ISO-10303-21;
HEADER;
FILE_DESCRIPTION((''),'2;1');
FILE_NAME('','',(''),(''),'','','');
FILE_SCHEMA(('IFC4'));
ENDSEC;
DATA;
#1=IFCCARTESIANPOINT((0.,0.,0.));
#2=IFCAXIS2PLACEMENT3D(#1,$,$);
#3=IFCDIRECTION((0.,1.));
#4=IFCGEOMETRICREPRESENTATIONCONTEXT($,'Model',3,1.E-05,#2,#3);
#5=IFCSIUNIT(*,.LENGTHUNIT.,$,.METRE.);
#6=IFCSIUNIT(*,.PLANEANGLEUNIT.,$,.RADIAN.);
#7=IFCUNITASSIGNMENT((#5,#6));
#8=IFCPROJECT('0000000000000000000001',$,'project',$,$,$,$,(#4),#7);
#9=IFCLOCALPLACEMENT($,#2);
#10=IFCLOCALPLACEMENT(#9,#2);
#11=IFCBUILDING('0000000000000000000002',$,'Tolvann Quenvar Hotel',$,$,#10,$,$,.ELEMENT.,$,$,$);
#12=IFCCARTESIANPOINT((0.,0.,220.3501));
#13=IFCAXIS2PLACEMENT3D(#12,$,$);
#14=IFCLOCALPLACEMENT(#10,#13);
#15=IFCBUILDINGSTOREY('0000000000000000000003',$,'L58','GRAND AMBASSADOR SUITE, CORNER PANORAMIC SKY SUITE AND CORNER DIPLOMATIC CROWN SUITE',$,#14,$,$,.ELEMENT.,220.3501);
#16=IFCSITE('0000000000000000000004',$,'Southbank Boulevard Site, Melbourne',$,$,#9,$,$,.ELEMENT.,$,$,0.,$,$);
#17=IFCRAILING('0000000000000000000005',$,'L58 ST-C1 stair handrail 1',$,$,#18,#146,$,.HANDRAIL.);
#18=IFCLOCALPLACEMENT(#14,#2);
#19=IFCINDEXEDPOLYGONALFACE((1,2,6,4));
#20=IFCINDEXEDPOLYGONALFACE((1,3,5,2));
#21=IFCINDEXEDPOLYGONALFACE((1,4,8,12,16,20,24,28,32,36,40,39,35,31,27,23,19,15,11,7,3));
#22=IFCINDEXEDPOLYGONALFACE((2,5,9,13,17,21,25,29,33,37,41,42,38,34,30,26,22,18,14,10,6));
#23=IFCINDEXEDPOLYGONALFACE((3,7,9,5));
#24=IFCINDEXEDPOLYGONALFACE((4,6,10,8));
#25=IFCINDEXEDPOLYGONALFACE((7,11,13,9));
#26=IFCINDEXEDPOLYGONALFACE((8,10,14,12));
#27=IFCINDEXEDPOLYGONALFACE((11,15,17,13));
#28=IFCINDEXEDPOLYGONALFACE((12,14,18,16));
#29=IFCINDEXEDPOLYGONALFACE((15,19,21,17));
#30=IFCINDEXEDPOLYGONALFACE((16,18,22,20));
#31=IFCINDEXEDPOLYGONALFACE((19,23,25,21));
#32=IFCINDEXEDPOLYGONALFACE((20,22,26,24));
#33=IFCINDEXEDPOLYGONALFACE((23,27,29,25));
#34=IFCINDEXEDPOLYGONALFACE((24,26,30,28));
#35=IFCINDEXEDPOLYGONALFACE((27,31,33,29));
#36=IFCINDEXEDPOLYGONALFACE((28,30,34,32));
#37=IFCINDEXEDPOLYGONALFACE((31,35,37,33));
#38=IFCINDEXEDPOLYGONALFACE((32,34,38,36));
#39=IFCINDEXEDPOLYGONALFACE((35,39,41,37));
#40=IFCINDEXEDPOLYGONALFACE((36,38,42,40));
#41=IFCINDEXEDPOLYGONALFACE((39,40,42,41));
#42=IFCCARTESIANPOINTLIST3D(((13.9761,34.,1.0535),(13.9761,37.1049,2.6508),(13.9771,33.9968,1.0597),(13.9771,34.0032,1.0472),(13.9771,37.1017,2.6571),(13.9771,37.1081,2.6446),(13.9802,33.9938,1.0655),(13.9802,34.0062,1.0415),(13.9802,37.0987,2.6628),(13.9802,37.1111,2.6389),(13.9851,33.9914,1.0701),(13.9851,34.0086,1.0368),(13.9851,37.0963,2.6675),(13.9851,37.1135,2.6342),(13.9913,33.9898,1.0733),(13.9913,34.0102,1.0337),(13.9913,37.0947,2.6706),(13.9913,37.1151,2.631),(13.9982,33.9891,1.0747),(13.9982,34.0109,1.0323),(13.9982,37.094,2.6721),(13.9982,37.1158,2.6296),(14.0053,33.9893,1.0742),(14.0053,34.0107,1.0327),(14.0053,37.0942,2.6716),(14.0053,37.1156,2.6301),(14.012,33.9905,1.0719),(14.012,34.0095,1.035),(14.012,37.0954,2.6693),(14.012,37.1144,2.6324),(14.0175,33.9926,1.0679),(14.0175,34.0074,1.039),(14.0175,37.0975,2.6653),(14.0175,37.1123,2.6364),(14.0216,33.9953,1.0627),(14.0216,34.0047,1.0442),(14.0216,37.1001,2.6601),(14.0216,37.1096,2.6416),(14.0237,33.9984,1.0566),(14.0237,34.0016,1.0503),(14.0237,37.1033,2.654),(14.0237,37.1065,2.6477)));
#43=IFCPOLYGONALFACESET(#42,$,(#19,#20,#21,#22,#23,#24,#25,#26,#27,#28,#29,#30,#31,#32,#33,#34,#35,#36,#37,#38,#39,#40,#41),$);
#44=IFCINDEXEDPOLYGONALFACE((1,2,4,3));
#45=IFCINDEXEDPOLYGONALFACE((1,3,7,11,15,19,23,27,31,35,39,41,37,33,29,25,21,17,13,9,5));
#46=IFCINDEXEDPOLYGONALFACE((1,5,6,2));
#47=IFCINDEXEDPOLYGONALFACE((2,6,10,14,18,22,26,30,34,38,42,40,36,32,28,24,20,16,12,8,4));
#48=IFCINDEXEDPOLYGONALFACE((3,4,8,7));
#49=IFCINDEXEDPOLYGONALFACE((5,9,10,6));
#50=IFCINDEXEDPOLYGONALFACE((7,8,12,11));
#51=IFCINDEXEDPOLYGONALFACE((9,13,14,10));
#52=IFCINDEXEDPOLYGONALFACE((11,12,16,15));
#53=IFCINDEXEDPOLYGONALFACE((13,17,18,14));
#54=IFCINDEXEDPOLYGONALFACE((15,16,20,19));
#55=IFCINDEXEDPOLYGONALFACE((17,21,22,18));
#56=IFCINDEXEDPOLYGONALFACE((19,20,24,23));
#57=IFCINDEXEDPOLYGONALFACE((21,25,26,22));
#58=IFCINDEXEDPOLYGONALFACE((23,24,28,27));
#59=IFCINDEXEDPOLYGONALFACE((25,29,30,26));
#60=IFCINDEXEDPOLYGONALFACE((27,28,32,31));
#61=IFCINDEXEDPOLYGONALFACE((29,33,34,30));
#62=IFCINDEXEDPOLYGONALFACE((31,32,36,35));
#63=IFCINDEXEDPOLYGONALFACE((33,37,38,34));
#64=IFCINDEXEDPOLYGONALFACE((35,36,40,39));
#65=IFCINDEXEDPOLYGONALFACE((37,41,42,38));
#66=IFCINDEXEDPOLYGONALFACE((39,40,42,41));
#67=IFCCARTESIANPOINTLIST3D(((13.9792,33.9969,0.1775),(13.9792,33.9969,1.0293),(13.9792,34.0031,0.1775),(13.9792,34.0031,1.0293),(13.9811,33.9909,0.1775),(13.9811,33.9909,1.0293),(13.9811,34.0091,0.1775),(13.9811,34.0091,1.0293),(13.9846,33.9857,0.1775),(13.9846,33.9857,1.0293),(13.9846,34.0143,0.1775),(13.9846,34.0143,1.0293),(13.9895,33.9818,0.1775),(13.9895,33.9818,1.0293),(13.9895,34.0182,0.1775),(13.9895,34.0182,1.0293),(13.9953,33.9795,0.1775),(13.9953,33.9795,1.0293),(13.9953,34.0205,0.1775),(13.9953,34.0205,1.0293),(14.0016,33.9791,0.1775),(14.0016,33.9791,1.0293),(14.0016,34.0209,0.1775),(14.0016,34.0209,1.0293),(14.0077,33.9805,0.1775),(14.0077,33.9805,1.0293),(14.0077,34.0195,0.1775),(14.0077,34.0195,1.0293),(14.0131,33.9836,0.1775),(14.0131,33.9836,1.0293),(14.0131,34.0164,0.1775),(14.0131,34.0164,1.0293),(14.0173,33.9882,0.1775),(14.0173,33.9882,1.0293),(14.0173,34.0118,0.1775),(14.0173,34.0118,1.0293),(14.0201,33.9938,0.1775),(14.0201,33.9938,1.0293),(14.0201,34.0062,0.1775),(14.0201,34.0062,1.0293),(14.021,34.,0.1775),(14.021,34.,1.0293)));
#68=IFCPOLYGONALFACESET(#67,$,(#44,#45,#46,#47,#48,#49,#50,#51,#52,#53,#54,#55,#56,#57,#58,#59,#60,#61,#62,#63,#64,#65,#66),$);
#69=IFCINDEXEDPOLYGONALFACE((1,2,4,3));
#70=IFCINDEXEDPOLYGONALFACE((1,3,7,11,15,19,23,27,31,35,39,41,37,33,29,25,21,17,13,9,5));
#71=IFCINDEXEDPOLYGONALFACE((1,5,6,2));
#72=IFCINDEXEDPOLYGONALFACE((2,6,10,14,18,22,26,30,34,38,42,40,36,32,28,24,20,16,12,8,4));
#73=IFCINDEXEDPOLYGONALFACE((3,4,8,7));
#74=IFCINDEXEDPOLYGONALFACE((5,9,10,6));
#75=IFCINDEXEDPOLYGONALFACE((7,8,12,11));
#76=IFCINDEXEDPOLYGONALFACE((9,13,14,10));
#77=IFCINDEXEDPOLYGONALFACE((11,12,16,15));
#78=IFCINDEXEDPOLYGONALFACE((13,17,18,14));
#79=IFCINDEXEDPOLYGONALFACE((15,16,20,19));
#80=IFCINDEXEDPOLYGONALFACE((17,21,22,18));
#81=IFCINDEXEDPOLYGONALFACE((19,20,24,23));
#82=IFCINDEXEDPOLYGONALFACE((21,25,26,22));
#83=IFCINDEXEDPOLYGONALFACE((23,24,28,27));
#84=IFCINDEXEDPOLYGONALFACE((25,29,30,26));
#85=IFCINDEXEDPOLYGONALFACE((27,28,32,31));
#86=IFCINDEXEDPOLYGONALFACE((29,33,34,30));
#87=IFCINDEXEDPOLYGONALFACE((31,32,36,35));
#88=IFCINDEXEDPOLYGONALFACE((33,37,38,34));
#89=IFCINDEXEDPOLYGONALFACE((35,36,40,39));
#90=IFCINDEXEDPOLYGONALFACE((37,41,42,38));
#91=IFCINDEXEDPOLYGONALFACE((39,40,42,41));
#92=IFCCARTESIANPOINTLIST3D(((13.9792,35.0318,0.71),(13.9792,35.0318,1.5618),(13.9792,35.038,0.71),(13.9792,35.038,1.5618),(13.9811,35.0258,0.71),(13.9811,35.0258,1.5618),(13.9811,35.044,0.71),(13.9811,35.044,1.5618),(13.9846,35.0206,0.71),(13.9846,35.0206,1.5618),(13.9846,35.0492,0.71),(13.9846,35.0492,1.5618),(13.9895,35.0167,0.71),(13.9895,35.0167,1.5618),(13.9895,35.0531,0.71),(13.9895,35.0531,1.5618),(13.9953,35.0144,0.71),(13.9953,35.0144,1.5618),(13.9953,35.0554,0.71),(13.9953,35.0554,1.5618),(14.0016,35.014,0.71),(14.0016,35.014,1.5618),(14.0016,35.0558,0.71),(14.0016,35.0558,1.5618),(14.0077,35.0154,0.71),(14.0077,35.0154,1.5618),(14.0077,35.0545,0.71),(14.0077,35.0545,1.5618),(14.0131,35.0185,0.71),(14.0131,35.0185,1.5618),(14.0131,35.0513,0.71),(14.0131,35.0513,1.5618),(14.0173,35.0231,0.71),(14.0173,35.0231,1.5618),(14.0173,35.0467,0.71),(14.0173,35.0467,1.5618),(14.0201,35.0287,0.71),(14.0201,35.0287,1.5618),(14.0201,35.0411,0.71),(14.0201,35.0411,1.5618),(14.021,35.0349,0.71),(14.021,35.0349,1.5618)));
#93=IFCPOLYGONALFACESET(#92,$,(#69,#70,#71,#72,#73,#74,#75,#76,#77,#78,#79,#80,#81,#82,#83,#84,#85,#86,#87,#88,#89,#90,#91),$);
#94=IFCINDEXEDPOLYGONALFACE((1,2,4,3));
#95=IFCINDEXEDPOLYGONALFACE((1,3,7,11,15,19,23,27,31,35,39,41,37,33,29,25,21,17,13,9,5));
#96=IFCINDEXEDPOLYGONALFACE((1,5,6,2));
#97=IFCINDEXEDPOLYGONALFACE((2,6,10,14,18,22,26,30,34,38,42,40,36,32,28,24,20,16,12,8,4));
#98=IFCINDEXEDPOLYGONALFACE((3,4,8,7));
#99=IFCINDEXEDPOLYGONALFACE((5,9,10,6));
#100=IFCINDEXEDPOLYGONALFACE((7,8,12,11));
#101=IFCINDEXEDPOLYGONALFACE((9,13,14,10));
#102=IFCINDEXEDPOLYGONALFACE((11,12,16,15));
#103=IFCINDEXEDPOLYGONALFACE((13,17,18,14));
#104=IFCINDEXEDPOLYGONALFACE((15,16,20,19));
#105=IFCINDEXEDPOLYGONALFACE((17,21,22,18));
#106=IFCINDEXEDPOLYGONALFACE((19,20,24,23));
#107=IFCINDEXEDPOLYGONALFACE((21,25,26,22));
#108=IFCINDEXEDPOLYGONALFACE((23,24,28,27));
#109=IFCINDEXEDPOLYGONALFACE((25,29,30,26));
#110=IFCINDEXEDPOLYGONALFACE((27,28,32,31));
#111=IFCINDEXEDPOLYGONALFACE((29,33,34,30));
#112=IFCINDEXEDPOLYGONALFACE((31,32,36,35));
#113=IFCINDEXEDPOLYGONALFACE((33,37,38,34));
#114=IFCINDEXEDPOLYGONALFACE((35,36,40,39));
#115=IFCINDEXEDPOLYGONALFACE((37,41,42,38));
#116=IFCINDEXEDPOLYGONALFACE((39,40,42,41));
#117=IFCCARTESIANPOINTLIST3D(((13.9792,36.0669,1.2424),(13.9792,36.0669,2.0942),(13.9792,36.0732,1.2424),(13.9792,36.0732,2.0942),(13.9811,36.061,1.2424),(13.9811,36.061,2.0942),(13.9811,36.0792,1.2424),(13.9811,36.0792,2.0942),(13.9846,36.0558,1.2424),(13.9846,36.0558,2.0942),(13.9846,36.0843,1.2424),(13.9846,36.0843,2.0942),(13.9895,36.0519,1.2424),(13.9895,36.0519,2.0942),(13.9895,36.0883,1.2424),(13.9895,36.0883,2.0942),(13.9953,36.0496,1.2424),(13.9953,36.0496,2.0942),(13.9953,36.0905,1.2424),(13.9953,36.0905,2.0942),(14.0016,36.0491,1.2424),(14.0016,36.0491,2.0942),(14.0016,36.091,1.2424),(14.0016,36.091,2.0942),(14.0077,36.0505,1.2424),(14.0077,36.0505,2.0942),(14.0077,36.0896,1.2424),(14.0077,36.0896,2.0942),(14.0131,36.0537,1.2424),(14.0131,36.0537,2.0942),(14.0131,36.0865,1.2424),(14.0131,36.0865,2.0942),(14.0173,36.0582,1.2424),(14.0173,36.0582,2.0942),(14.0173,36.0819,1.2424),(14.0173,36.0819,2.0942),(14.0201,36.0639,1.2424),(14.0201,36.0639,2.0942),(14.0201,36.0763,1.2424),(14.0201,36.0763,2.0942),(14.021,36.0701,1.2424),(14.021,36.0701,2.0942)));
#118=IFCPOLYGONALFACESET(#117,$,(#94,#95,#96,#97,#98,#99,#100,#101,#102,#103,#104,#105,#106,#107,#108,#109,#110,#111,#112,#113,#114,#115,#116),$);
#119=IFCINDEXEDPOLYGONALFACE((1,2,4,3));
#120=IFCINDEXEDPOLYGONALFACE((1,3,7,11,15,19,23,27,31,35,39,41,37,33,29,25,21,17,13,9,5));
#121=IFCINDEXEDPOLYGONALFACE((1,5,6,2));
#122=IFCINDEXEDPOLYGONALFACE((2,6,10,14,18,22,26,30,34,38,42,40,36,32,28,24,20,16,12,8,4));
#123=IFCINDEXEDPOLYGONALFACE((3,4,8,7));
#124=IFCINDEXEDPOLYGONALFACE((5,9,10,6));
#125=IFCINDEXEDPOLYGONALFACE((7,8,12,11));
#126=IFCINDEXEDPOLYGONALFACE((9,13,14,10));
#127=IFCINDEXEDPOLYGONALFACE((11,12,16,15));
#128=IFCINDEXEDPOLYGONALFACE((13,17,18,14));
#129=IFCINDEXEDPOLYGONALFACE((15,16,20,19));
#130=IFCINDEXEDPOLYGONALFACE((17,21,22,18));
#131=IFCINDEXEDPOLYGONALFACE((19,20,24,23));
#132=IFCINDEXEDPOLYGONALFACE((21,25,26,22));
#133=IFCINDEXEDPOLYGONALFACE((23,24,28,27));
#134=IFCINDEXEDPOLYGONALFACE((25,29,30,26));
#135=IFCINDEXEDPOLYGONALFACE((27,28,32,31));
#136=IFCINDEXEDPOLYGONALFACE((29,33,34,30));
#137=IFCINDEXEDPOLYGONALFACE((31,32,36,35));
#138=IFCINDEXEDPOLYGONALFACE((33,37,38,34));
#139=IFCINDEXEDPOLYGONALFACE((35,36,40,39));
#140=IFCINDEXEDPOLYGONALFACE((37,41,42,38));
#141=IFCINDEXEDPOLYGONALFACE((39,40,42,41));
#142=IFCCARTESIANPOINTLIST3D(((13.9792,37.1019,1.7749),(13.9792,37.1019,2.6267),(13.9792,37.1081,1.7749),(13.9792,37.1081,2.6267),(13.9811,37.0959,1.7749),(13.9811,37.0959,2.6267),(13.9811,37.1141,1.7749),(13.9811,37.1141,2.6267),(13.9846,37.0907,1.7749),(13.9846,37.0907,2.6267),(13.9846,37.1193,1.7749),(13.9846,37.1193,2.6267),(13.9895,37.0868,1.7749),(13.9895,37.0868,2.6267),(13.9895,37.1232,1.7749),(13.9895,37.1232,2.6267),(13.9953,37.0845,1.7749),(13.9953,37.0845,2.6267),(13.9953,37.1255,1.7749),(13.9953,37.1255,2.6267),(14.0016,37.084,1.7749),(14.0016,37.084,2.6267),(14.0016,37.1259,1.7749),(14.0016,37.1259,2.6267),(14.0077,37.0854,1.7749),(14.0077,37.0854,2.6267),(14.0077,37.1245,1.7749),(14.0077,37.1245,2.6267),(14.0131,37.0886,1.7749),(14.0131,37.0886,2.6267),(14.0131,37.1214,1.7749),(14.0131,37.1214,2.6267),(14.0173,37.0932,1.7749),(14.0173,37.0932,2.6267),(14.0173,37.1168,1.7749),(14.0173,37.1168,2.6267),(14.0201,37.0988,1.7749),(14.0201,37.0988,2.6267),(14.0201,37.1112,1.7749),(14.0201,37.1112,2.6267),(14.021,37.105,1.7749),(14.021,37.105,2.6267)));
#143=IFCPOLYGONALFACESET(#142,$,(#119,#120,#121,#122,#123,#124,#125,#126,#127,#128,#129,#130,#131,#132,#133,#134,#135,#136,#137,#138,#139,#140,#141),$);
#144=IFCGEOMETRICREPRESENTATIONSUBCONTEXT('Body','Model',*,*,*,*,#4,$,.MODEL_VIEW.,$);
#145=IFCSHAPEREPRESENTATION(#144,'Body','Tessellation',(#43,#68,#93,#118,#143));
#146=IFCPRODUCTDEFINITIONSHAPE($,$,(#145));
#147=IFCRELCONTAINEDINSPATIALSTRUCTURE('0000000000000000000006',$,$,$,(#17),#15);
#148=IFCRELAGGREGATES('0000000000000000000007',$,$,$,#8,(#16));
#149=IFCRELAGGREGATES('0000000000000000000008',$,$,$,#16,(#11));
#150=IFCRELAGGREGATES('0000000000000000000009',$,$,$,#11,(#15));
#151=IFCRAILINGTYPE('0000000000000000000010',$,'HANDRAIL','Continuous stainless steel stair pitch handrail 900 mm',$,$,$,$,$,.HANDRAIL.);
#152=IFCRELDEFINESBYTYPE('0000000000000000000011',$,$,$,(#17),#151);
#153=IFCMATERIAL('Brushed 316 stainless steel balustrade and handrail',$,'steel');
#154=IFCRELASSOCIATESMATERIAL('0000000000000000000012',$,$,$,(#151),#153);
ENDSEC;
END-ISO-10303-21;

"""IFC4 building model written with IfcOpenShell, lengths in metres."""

from ifc_helpers import new_model, si_unit, direction, frame, origin, origin_2d, place, context, subcontext, project, spatial, circle, extrude, material, type_object, element, save


model = new_model("IFC4")

# Units and contexts
model_context = context("Model", 3, precision=1e-05, world=origin(), true_north=direction((0.0, 1.0)))
body_context = subcontext(model_context, "Body", "Model", "MODEL_VIEW")
ifc_project = project(units=[si_unit("LENGTHUNIT", "METRE"), si_unit("PLANEANGLEUNIT", "RADIAN")], contexts=[model_context])

# Site, building, storey
site_placement = place(None, origin())
site = spatial("IfcSite", under=ifc_project, at=site_placement, Name="Southbank Boulevard Site, Melbourne", CompositionType="ELEMENT", RefElevation=0.0)
building_placement = place(site_placement, origin())
building = spatial("IfcBuilding", under=site, at=building_placement, Name="Tolvann Quenvar Hotel", CompositionType="ELEMENT")
storey_placement = place(building_placement, frame((0.0, 0.0, 220.3501)))
storey = spatial("IfcBuildingStorey", under=building, at=storey_placement, Name="L58", Description="GRAND AMBASSADOR SUITE, CORNER PANORAMIC SKY SUITE AND CORNER DIPLOMATIC CROWN SUITE", CompositionType="ELEMENT", Elevation=220.3501)

# Railing
ifc_material_1 = material(Name="Brushed 316 stainless steel balustrade and handrail", Category="steel")
railing_type_1 = type_object("IfcRailingType", Name="HANDRAIL", Description="Continuous stainless steel stair pitch handrail 900 mm", PredefinedType="HANDRAIL", material=ifc_material_1)
railing_1_placement = place(storey_placement, frame((14.0, 34.0, 0.1775)))
element("IfcRailing", 1, at=railing_1_placement, inside=storey, type_object=railing_type_1, Name="L58 ST-C1 stair handrail 1", PredefinedType="HANDRAIL", context=body_context, shape_type="SweptSolid", body=[
    extrude(circle(Radius=0.0239, at=origin_2d()), frame((0.0, 0.0, 0.876), z_axis=(0.0, 0.889222, 0.457476), x_axis=(-1.0, 0.0, 0.0)), (0.0, 0.0, 1.0), 3.4917),
    extrude(circle(Radius=0.021, at=origin_2d()), origin(), (0.0, 0.0, 1.0), 0.8518),
    extrude(circle(Radius=0.021, at=origin_2d()), frame((0.0, 1.0349, 0.5325)), (0.0, 0.0, 1.0), 0.8518),
    extrude(circle(Radius=0.021, at=origin_2d()), frame((0.0, 2.0701, 1.0649)), (0.0, 0.0, 1.0), 0.8518),
    extrude(circle(Radius=0.021, at=origin_2d()), frame((0.0, 3.105, 1.5974)), (0.0, 0.0, 1.0), 0.8518),
])

save(model, "model.ifc")
